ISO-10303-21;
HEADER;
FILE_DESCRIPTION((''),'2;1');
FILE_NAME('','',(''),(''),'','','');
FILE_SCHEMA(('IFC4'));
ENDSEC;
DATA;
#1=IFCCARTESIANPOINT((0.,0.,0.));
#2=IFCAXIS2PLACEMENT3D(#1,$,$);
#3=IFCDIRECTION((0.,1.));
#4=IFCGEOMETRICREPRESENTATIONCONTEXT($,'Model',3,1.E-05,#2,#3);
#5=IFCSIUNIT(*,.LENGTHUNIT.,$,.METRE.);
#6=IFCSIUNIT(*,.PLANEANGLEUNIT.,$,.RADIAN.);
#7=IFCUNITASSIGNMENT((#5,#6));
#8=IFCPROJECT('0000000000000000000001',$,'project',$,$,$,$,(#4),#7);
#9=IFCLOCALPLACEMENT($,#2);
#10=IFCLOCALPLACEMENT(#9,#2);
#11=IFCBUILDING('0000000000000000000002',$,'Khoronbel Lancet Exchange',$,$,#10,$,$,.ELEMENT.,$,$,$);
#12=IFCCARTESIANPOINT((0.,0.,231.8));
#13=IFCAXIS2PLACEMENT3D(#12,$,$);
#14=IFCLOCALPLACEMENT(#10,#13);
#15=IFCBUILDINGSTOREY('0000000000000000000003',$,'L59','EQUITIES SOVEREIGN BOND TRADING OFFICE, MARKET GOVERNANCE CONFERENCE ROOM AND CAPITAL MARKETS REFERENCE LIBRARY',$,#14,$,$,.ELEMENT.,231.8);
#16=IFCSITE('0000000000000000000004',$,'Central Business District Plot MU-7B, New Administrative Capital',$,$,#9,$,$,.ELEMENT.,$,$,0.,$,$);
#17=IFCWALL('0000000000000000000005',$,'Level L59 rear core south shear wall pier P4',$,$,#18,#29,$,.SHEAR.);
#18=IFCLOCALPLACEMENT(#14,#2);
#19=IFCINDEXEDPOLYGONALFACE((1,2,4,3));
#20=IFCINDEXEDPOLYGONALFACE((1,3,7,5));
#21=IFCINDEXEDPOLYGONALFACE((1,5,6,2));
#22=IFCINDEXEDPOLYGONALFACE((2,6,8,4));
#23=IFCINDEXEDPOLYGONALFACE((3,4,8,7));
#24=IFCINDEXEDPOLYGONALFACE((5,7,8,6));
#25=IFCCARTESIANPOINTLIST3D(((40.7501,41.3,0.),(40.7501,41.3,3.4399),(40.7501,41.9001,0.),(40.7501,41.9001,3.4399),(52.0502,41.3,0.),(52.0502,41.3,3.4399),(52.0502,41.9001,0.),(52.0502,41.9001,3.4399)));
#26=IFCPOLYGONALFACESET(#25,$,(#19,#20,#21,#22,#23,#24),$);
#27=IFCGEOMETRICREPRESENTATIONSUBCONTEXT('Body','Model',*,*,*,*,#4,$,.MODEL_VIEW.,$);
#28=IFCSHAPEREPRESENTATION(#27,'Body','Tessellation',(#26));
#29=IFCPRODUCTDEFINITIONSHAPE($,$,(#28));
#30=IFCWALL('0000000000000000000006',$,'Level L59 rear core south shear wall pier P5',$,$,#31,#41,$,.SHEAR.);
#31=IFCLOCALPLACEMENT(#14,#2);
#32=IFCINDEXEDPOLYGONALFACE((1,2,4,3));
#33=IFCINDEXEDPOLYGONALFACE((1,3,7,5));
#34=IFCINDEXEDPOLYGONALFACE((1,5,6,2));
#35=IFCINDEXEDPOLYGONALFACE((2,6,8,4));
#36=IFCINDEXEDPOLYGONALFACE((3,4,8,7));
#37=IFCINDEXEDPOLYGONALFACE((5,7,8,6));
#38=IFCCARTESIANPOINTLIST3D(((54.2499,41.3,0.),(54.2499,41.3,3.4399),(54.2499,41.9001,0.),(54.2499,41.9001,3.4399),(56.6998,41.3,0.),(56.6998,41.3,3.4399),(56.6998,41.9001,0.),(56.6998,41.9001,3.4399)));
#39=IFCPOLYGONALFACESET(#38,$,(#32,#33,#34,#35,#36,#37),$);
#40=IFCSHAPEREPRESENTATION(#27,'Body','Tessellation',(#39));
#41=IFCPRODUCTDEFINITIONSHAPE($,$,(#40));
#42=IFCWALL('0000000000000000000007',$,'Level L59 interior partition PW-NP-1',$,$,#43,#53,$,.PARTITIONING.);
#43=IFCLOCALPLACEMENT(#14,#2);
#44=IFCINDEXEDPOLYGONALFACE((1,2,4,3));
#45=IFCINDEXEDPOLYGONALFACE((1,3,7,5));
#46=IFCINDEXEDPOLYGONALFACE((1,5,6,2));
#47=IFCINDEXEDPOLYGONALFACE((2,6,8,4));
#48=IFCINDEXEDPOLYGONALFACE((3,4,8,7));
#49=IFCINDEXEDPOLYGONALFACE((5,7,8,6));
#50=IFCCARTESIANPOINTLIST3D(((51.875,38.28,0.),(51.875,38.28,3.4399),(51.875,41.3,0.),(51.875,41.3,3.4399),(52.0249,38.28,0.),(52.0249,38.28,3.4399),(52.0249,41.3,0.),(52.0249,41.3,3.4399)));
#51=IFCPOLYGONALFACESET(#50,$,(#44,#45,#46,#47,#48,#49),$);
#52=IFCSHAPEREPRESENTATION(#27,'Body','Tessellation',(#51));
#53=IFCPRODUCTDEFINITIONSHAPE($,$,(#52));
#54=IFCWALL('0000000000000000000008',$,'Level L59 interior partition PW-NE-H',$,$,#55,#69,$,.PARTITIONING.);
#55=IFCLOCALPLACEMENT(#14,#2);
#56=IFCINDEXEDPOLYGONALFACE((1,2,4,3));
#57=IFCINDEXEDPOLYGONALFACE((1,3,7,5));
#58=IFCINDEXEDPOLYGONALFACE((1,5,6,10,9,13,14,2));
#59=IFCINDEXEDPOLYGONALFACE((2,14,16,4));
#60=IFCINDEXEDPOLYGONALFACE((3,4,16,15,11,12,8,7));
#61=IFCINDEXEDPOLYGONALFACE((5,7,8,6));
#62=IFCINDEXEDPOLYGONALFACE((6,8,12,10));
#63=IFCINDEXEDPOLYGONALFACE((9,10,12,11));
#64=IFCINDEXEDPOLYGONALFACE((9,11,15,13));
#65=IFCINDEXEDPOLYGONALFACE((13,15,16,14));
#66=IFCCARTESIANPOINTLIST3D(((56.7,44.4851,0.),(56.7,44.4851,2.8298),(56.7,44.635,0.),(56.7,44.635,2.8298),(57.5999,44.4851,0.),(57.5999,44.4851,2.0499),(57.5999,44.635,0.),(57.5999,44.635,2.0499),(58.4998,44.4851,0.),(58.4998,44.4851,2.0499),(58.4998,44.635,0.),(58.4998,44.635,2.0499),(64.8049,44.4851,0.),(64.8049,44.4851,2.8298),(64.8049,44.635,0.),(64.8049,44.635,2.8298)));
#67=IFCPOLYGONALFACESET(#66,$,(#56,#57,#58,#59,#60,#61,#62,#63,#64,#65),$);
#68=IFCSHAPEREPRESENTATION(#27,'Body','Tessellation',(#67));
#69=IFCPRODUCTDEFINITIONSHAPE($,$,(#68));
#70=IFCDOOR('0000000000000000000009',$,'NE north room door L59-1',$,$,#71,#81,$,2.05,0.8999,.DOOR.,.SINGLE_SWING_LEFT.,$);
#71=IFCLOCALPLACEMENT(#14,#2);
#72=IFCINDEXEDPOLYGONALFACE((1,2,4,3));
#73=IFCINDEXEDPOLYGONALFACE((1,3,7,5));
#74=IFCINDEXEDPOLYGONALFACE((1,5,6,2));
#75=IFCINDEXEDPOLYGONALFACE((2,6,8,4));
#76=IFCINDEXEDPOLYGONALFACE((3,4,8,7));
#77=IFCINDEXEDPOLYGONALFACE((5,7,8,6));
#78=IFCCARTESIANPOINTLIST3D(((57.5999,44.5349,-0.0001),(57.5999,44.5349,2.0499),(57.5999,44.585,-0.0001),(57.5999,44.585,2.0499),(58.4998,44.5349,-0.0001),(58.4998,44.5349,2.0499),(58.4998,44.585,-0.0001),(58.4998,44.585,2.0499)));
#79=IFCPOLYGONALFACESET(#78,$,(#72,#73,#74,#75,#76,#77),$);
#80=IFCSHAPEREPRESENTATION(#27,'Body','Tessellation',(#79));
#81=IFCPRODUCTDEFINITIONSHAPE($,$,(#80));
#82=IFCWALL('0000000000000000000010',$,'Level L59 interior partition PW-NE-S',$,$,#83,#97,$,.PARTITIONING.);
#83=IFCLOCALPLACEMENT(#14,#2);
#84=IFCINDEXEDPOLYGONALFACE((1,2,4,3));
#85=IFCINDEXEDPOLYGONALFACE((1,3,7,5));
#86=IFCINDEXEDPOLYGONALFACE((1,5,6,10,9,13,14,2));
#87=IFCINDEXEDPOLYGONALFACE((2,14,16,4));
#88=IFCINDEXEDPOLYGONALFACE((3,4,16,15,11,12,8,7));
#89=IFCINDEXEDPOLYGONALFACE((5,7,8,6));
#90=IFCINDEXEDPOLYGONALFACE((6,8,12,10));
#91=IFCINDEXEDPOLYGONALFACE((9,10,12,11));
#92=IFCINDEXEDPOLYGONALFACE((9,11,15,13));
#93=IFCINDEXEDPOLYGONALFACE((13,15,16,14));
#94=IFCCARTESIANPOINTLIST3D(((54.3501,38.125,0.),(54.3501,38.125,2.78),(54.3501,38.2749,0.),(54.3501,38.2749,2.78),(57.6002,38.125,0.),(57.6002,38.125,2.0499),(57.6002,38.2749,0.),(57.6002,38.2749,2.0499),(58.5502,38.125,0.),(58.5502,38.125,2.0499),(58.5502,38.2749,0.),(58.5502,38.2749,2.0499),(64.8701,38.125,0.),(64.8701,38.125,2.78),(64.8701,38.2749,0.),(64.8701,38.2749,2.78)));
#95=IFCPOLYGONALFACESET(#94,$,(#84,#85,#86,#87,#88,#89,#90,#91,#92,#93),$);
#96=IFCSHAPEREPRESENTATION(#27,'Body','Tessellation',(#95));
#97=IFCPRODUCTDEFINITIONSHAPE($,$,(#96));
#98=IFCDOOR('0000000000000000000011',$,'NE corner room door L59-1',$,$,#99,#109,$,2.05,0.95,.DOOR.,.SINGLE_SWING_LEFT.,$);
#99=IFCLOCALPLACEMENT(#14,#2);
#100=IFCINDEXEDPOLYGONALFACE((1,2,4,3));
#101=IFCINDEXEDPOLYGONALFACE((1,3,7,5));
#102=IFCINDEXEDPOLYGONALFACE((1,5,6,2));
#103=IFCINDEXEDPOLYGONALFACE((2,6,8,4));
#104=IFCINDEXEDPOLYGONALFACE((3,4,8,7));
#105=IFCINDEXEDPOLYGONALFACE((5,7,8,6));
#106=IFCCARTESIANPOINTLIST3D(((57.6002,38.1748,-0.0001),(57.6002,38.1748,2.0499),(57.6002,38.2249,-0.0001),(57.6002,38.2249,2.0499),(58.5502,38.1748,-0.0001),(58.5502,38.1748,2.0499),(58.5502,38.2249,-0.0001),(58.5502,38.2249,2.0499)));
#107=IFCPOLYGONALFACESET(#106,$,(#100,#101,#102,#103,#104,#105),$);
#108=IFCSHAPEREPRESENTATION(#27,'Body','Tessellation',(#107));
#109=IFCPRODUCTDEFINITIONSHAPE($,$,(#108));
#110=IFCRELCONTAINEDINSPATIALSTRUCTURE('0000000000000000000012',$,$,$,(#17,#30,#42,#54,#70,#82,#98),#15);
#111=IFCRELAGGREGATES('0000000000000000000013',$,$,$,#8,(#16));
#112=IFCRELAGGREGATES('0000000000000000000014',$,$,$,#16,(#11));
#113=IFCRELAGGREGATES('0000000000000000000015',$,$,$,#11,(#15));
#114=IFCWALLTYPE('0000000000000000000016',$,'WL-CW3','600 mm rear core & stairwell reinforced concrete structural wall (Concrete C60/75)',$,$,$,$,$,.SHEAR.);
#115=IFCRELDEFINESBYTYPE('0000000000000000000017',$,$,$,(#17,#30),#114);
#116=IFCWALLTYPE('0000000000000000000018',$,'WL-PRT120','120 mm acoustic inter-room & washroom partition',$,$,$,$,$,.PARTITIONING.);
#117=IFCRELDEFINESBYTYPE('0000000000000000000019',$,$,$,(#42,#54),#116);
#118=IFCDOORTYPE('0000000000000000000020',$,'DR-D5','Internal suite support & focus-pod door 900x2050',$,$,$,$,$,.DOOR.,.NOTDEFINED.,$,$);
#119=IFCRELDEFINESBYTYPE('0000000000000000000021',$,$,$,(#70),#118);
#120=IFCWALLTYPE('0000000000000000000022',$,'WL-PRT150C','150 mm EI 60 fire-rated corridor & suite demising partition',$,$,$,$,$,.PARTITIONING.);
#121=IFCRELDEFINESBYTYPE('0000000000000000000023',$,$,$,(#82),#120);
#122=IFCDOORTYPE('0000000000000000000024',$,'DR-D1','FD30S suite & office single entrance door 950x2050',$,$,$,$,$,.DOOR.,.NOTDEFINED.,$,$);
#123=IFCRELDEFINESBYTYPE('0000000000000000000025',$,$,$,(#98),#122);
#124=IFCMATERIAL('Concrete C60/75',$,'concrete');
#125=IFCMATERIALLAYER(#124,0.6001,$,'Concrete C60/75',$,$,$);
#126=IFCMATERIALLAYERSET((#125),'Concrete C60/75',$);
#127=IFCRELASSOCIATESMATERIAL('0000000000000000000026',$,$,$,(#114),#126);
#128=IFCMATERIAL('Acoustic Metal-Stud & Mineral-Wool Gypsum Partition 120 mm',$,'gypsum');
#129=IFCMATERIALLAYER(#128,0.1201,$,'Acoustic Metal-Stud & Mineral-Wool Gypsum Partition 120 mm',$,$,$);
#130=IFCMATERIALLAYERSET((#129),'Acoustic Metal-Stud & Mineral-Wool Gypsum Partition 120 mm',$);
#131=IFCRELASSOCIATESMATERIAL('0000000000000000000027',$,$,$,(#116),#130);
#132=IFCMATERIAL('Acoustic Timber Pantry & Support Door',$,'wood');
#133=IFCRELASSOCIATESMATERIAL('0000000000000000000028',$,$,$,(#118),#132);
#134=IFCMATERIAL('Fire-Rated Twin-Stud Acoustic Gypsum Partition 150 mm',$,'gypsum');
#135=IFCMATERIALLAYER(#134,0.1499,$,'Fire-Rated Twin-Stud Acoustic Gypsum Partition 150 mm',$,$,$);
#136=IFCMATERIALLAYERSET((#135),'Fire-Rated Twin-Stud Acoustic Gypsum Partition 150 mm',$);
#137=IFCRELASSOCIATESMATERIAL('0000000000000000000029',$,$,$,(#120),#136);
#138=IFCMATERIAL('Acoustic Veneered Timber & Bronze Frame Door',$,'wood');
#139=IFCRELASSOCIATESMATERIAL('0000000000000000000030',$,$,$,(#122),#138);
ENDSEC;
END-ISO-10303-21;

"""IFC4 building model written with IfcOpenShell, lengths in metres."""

from ifc_helpers import new_model, si_unit, direction, frame, frame_2d, origin, place, context, subcontext, project, spatial, rectangle, extrude, material, layer, layer_set, type_object, element, fill, save


model = new_model("IFC4")

# Units and contexts
model_context = context("Model", 3, precision=1e-05, world=origin(), true_north=direction((0.0, 1.0)))
body_context = subcontext(model_context, "Body", "Model", "MODEL_VIEW")
ifc_project = project(units=[si_unit("LENGTHUNIT", "METRE"), si_unit("PLANEANGLEUNIT", "RADIAN")], contexts=[model_context])

# Site, building, storey
site_placement = place(None, origin())
site = spatial("IfcSite", under=ifc_project, at=site_placement, Name="Central Business District Plot MU-7B, New Administrative Capital", CompositionType="ELEMENT", RefElevation=0.0)
building_placement = place(site_placement, origin())
building = spatial("IfcBuilding", under=site, at=building_placement, Name="Khoronbel Lancet Exchange", CompositionType="ELEMENT")
storey_placement = place(building_placement, frame((0.0, 0.0, 231.8)))
storey = spatial("IfcBuildingStorey", under=building, at=storey_placement, Name="L59", Description="EQUITIES SOVEREIGN BOND TRADING OFFICE, MARKET GOVERNANCE CONFERENCE ROOM AND CAPITAL MARKETS REFERENCE LIBRARY", CompositionType="ELEMENT", Elevation=231.8)

# Shared definitions
ifc_material_1 = material(Name="Concrete C60/75", Category="concrete")

# Walls
ifc_layer_1 = layer(ifc_material_1, 0.6001, Name="Concrete C60/75")
ifc_layer_set_1 = layer_set([ifc_layer_1], Name="Concrete C60/75")
wall_type_1 = type_object("IfcWallType", Name="WL-CW3", Description="600 mm rear core & stairwell reinforced concrete structural wall (Concrete C60/75)", PredefinedType="SHEAR", material=ifc_layer_set_1)
wall_1_placement = place(storey_placement, frame((52.05, 41.6001, 0.0), z_axis=(0.0, 0.0, 1.0), x_axis=(-1.0, 0.0, 0.0)))
element("IfcWall", 1, at=wall_1_placement, inside=storey, type_object=wall_type_1, Name="Level L59 rear core south shear wall pier P4", PredefinedType="SHEAR", context=body_context, shape_type="SweptSolid", body=[
    extrude(rectangle(XDim=11.3, YDim=0.6001, at=frame_2d((5.6499, 0.0))), origin(), (0.0, 0.0, 1.0), 3.4399),
])
wall_2_placement = place(storey_placement, frame((56.7, 41.6001, 0.0), z_axis=(0.0, 0.0, 1.0), x_axis=(-1.0, 0.0, 0.0)))
element("IfcWall", 2, at=wall_2_placement, inside=storey, type_object=wall_type_1, Name="Level L59 rear core south shear wall pier P5", PredefinedType="SHEAR", context=body_context, shape_type="SweptSolid", body=[
    extrude(rectangle(XDim=2.45, YDim=0.6001, at=frame_2d((1.2251, 0.0))), origin(), (0.0, 0.0, 1.0), 3.4399),
])
ifc_material_2 = material(Name="Acoustic Metal-Stud & Mineral-Wool Gypsum Partition 120 mm", Category="gypsum")
ifc_layer_2 = layer(ifc_material_2, 0.1201, Name="Acoustic Metal-Stud & Mineral-Wool Gypsum Partition 120 mm")
ifc_layer_set_2 = layer_set([ifc_layer_2], Name="Acoustic Metal-Stud & Mineral-Wool Gypsum Partition 120 mm")
wall_type_2 = type_object("IfcWallType", Name="WL-PRT120", Description="120 mm acoustic inter-room & washroom partition", PredefinedType="PARTITIONING", material=ifc_layer_set_2)
wall_3_placement = place(storey_placement, frame((51.95, 38.28, 0.0), z_axis=(0.0, 0.0, 1.0), x_axis=(0.0, 1.0, 0.0)))
element("IfcWall", 3, at=wall_3_placement, inside=storey, type_object=wall_type_2, Name="Level L59 interior partition PW-NP-1", PredefinedType="PARTITIONING", context=body_context, shape_type="SweptSolid", body=[
    extrude(rectangle(XDim=3.02, YDim=0.1499, at=frame_2d((1.51, 0.0))), origin(), (0.0, 0.0, 1.0), 3.4399),
])

# Walls, openings, doors
wall_4_placement = place(storey_placement, frame((56.7, 44.5601, 0.0), z_axis=(0.0, 0.0, 1.0), x_axis=(1.0, 0.0, 0.0)))
wall_4 = element("IfcWall", 4, at=wall_4_placement, inside=storey, type_object=wall_type_2, Name="Level L59 interior partition PW-NE-H", PredefinedType="PARTITIONING", context=body_context, shape_type="SweptSolid", body=[
    extrude(rectangle(XDim=8.105, YDim=0.1499, at=frame_2d((4.0525, 0.0))), origin(), (0.0, 0.0, 1.0), 2.8298),
])
opening_1_placement = place(wall_4_placement, frame((0.8999, 0.0, 0.0)))
opening_1 = element("IfcOpeningElement", 5, at=opening_1_placement, cuts=wall_4, PredefinedType="OPENING", context=body_context, shape_type="SweptSolid", body=[
    extrude(rectangle(XDim=0.8999, YDim=2.05, at=frame_2d((0.45, 1.0249))), frame((0.0, 0.085, 0.0), z_axis=(0.0, -1.0, 0.0), x_axis=(1.0, 0.0, 0.0)), (0.0, 0.0, 1.0), 0.1699),
])
ifc_material_3 = material(Name="Acoustic Timber Pantry & Support Door", Category="wood")
door_type_1 = type_object("IfcDoorType", Name="DR-D5", Description="Internal suite support & focus-pod door 900x2050", OperationType="NOTDEFINED", PredefinedType="DOOR", material=ifc_material_3)
door_1_placement = place(opening_1_placement, origin())
door_1 = element("IfcDoor", 6, at=door_1_placement, inside=storey, type_object=door_type_1, Name="NE north room door L59-1", OperationType="SINGLE_SWING_LEFT", OverallHeight=2.05, OverallWidth=0.8999, PredefinedType="DOOR", context=body_context, shape_type="SweptSolid", body=[
    extrude(rectangle(XDim=0.8999, YDim=2.05, at=frame_2d((0.45, 1.0249))), frame((0.0, 0.0249, 0.0), z_axis=(0.0, -1.0, 0.0), x_axis=(1.0, 0.0, 0.0)), (0.0, 0.0, 1.0), 0.05),
])
fill(opening_1, door_1)
ifc_material_4 = material(Name="Fire-Rated Twin-Stud Acoustic Gypsum Partition 150 mm", Category="gypsum")
ifc_layer_3 = layer(ifc_material_4, 0.1499, Name="Fire-Rated Twin-Stud Acoustic Gypsum Partition 150 mm")
ifc_layer_set_3 = layer_set([ifc_layer_3], Name="Fire-Rated Twin-Stud Acoustic Gypsum Partition 150 mm")
wall_type_3 = type_object("IfcWallType", Name="WL-PRT150C", Description="150 mm EI 60 fire-rated corridor & suite demising partition", PredefinedType="PARTITIONING", material=ifc_layer_set_3)
wall_5_placement = place(storey_placement, frame((54.3501, 38.2, 0.0), z_axis=(0.0, 0.0, 1.0), x_axis=(1.0, 0.0, 0.0)))
wall_5 = element("IfcWall", 7, at=wall_5_placement, inside=storey, type_object=wall_type_3, Name="Level L59 interior partition PW-NE-S", PredefinedType="PARTITIONING", context=body_context, shape_type="SweptSolid", body=[
    extrude(rectangle(XDim=10.52, YDim=0.1499, at=frame_2d((5.26, 0.0))), origin(), (0.0, 0.0, 1.0), 2.78),
])
opening_2_placement = place(wall_5_placement, frame((3.25, 0.0, 0.0)))
opening_2 = element("IfcOpeningElement", 8, at=opening_2_placement, cuts=wall_5, PredefinedType="OPENING", context=body_context, shape_type="SweptSolid", body=[
    extrude(rectangle(XDim=0.95, YDim=2.05, at=frame_2d((0.4751, 1.0249))), frame((0.0, 0.085, 0.0), z_axis=(0.0, -1.0, 0.0), x_axis=(1.0, 0.0, 0.0)), (0.0, 0.0, 1.0), 0.1699),
])
ifc_material_5 = material(Name="Acoustic Veneered Timber & Bronze Frame Door", Category="wood")
door_type_2 = type_object("IfcDoorType", Name="DR-D1", Description="FD30S suite & office single entrance door 950x2050", OperationType="NOTDEFINED", PredefinedType="DOOR", material=ifc_material_5)
door_2_placement = place(opening_2_placement, origin())
door_2 = element("IfcDoor", 9, at=door_2_placement, inside=storey, type_object=door_type_2, Name="NE corner room door L59-1", OperationType="SINGLE_SWING_LEFT", OverallHeight=2.05, OverallWidth=0.95, PredefinedType="DOOR", context=body_context, shape_type="SweptSolid", body=[
    extrude(rectangle(XDim=0.95, YDim=2.05, at=frame_2d((0.4751, 1.0249))), frame((0.0, 0.0249, 0.0), z_axis=(0.0, -1.0, 0.0), x_axis=(1.0, 0.0, 0.0)), (0.0, 0.0, 1.0), 0.05),
])
fill(opening_2, door_2)

save(model, "model.ifc")
